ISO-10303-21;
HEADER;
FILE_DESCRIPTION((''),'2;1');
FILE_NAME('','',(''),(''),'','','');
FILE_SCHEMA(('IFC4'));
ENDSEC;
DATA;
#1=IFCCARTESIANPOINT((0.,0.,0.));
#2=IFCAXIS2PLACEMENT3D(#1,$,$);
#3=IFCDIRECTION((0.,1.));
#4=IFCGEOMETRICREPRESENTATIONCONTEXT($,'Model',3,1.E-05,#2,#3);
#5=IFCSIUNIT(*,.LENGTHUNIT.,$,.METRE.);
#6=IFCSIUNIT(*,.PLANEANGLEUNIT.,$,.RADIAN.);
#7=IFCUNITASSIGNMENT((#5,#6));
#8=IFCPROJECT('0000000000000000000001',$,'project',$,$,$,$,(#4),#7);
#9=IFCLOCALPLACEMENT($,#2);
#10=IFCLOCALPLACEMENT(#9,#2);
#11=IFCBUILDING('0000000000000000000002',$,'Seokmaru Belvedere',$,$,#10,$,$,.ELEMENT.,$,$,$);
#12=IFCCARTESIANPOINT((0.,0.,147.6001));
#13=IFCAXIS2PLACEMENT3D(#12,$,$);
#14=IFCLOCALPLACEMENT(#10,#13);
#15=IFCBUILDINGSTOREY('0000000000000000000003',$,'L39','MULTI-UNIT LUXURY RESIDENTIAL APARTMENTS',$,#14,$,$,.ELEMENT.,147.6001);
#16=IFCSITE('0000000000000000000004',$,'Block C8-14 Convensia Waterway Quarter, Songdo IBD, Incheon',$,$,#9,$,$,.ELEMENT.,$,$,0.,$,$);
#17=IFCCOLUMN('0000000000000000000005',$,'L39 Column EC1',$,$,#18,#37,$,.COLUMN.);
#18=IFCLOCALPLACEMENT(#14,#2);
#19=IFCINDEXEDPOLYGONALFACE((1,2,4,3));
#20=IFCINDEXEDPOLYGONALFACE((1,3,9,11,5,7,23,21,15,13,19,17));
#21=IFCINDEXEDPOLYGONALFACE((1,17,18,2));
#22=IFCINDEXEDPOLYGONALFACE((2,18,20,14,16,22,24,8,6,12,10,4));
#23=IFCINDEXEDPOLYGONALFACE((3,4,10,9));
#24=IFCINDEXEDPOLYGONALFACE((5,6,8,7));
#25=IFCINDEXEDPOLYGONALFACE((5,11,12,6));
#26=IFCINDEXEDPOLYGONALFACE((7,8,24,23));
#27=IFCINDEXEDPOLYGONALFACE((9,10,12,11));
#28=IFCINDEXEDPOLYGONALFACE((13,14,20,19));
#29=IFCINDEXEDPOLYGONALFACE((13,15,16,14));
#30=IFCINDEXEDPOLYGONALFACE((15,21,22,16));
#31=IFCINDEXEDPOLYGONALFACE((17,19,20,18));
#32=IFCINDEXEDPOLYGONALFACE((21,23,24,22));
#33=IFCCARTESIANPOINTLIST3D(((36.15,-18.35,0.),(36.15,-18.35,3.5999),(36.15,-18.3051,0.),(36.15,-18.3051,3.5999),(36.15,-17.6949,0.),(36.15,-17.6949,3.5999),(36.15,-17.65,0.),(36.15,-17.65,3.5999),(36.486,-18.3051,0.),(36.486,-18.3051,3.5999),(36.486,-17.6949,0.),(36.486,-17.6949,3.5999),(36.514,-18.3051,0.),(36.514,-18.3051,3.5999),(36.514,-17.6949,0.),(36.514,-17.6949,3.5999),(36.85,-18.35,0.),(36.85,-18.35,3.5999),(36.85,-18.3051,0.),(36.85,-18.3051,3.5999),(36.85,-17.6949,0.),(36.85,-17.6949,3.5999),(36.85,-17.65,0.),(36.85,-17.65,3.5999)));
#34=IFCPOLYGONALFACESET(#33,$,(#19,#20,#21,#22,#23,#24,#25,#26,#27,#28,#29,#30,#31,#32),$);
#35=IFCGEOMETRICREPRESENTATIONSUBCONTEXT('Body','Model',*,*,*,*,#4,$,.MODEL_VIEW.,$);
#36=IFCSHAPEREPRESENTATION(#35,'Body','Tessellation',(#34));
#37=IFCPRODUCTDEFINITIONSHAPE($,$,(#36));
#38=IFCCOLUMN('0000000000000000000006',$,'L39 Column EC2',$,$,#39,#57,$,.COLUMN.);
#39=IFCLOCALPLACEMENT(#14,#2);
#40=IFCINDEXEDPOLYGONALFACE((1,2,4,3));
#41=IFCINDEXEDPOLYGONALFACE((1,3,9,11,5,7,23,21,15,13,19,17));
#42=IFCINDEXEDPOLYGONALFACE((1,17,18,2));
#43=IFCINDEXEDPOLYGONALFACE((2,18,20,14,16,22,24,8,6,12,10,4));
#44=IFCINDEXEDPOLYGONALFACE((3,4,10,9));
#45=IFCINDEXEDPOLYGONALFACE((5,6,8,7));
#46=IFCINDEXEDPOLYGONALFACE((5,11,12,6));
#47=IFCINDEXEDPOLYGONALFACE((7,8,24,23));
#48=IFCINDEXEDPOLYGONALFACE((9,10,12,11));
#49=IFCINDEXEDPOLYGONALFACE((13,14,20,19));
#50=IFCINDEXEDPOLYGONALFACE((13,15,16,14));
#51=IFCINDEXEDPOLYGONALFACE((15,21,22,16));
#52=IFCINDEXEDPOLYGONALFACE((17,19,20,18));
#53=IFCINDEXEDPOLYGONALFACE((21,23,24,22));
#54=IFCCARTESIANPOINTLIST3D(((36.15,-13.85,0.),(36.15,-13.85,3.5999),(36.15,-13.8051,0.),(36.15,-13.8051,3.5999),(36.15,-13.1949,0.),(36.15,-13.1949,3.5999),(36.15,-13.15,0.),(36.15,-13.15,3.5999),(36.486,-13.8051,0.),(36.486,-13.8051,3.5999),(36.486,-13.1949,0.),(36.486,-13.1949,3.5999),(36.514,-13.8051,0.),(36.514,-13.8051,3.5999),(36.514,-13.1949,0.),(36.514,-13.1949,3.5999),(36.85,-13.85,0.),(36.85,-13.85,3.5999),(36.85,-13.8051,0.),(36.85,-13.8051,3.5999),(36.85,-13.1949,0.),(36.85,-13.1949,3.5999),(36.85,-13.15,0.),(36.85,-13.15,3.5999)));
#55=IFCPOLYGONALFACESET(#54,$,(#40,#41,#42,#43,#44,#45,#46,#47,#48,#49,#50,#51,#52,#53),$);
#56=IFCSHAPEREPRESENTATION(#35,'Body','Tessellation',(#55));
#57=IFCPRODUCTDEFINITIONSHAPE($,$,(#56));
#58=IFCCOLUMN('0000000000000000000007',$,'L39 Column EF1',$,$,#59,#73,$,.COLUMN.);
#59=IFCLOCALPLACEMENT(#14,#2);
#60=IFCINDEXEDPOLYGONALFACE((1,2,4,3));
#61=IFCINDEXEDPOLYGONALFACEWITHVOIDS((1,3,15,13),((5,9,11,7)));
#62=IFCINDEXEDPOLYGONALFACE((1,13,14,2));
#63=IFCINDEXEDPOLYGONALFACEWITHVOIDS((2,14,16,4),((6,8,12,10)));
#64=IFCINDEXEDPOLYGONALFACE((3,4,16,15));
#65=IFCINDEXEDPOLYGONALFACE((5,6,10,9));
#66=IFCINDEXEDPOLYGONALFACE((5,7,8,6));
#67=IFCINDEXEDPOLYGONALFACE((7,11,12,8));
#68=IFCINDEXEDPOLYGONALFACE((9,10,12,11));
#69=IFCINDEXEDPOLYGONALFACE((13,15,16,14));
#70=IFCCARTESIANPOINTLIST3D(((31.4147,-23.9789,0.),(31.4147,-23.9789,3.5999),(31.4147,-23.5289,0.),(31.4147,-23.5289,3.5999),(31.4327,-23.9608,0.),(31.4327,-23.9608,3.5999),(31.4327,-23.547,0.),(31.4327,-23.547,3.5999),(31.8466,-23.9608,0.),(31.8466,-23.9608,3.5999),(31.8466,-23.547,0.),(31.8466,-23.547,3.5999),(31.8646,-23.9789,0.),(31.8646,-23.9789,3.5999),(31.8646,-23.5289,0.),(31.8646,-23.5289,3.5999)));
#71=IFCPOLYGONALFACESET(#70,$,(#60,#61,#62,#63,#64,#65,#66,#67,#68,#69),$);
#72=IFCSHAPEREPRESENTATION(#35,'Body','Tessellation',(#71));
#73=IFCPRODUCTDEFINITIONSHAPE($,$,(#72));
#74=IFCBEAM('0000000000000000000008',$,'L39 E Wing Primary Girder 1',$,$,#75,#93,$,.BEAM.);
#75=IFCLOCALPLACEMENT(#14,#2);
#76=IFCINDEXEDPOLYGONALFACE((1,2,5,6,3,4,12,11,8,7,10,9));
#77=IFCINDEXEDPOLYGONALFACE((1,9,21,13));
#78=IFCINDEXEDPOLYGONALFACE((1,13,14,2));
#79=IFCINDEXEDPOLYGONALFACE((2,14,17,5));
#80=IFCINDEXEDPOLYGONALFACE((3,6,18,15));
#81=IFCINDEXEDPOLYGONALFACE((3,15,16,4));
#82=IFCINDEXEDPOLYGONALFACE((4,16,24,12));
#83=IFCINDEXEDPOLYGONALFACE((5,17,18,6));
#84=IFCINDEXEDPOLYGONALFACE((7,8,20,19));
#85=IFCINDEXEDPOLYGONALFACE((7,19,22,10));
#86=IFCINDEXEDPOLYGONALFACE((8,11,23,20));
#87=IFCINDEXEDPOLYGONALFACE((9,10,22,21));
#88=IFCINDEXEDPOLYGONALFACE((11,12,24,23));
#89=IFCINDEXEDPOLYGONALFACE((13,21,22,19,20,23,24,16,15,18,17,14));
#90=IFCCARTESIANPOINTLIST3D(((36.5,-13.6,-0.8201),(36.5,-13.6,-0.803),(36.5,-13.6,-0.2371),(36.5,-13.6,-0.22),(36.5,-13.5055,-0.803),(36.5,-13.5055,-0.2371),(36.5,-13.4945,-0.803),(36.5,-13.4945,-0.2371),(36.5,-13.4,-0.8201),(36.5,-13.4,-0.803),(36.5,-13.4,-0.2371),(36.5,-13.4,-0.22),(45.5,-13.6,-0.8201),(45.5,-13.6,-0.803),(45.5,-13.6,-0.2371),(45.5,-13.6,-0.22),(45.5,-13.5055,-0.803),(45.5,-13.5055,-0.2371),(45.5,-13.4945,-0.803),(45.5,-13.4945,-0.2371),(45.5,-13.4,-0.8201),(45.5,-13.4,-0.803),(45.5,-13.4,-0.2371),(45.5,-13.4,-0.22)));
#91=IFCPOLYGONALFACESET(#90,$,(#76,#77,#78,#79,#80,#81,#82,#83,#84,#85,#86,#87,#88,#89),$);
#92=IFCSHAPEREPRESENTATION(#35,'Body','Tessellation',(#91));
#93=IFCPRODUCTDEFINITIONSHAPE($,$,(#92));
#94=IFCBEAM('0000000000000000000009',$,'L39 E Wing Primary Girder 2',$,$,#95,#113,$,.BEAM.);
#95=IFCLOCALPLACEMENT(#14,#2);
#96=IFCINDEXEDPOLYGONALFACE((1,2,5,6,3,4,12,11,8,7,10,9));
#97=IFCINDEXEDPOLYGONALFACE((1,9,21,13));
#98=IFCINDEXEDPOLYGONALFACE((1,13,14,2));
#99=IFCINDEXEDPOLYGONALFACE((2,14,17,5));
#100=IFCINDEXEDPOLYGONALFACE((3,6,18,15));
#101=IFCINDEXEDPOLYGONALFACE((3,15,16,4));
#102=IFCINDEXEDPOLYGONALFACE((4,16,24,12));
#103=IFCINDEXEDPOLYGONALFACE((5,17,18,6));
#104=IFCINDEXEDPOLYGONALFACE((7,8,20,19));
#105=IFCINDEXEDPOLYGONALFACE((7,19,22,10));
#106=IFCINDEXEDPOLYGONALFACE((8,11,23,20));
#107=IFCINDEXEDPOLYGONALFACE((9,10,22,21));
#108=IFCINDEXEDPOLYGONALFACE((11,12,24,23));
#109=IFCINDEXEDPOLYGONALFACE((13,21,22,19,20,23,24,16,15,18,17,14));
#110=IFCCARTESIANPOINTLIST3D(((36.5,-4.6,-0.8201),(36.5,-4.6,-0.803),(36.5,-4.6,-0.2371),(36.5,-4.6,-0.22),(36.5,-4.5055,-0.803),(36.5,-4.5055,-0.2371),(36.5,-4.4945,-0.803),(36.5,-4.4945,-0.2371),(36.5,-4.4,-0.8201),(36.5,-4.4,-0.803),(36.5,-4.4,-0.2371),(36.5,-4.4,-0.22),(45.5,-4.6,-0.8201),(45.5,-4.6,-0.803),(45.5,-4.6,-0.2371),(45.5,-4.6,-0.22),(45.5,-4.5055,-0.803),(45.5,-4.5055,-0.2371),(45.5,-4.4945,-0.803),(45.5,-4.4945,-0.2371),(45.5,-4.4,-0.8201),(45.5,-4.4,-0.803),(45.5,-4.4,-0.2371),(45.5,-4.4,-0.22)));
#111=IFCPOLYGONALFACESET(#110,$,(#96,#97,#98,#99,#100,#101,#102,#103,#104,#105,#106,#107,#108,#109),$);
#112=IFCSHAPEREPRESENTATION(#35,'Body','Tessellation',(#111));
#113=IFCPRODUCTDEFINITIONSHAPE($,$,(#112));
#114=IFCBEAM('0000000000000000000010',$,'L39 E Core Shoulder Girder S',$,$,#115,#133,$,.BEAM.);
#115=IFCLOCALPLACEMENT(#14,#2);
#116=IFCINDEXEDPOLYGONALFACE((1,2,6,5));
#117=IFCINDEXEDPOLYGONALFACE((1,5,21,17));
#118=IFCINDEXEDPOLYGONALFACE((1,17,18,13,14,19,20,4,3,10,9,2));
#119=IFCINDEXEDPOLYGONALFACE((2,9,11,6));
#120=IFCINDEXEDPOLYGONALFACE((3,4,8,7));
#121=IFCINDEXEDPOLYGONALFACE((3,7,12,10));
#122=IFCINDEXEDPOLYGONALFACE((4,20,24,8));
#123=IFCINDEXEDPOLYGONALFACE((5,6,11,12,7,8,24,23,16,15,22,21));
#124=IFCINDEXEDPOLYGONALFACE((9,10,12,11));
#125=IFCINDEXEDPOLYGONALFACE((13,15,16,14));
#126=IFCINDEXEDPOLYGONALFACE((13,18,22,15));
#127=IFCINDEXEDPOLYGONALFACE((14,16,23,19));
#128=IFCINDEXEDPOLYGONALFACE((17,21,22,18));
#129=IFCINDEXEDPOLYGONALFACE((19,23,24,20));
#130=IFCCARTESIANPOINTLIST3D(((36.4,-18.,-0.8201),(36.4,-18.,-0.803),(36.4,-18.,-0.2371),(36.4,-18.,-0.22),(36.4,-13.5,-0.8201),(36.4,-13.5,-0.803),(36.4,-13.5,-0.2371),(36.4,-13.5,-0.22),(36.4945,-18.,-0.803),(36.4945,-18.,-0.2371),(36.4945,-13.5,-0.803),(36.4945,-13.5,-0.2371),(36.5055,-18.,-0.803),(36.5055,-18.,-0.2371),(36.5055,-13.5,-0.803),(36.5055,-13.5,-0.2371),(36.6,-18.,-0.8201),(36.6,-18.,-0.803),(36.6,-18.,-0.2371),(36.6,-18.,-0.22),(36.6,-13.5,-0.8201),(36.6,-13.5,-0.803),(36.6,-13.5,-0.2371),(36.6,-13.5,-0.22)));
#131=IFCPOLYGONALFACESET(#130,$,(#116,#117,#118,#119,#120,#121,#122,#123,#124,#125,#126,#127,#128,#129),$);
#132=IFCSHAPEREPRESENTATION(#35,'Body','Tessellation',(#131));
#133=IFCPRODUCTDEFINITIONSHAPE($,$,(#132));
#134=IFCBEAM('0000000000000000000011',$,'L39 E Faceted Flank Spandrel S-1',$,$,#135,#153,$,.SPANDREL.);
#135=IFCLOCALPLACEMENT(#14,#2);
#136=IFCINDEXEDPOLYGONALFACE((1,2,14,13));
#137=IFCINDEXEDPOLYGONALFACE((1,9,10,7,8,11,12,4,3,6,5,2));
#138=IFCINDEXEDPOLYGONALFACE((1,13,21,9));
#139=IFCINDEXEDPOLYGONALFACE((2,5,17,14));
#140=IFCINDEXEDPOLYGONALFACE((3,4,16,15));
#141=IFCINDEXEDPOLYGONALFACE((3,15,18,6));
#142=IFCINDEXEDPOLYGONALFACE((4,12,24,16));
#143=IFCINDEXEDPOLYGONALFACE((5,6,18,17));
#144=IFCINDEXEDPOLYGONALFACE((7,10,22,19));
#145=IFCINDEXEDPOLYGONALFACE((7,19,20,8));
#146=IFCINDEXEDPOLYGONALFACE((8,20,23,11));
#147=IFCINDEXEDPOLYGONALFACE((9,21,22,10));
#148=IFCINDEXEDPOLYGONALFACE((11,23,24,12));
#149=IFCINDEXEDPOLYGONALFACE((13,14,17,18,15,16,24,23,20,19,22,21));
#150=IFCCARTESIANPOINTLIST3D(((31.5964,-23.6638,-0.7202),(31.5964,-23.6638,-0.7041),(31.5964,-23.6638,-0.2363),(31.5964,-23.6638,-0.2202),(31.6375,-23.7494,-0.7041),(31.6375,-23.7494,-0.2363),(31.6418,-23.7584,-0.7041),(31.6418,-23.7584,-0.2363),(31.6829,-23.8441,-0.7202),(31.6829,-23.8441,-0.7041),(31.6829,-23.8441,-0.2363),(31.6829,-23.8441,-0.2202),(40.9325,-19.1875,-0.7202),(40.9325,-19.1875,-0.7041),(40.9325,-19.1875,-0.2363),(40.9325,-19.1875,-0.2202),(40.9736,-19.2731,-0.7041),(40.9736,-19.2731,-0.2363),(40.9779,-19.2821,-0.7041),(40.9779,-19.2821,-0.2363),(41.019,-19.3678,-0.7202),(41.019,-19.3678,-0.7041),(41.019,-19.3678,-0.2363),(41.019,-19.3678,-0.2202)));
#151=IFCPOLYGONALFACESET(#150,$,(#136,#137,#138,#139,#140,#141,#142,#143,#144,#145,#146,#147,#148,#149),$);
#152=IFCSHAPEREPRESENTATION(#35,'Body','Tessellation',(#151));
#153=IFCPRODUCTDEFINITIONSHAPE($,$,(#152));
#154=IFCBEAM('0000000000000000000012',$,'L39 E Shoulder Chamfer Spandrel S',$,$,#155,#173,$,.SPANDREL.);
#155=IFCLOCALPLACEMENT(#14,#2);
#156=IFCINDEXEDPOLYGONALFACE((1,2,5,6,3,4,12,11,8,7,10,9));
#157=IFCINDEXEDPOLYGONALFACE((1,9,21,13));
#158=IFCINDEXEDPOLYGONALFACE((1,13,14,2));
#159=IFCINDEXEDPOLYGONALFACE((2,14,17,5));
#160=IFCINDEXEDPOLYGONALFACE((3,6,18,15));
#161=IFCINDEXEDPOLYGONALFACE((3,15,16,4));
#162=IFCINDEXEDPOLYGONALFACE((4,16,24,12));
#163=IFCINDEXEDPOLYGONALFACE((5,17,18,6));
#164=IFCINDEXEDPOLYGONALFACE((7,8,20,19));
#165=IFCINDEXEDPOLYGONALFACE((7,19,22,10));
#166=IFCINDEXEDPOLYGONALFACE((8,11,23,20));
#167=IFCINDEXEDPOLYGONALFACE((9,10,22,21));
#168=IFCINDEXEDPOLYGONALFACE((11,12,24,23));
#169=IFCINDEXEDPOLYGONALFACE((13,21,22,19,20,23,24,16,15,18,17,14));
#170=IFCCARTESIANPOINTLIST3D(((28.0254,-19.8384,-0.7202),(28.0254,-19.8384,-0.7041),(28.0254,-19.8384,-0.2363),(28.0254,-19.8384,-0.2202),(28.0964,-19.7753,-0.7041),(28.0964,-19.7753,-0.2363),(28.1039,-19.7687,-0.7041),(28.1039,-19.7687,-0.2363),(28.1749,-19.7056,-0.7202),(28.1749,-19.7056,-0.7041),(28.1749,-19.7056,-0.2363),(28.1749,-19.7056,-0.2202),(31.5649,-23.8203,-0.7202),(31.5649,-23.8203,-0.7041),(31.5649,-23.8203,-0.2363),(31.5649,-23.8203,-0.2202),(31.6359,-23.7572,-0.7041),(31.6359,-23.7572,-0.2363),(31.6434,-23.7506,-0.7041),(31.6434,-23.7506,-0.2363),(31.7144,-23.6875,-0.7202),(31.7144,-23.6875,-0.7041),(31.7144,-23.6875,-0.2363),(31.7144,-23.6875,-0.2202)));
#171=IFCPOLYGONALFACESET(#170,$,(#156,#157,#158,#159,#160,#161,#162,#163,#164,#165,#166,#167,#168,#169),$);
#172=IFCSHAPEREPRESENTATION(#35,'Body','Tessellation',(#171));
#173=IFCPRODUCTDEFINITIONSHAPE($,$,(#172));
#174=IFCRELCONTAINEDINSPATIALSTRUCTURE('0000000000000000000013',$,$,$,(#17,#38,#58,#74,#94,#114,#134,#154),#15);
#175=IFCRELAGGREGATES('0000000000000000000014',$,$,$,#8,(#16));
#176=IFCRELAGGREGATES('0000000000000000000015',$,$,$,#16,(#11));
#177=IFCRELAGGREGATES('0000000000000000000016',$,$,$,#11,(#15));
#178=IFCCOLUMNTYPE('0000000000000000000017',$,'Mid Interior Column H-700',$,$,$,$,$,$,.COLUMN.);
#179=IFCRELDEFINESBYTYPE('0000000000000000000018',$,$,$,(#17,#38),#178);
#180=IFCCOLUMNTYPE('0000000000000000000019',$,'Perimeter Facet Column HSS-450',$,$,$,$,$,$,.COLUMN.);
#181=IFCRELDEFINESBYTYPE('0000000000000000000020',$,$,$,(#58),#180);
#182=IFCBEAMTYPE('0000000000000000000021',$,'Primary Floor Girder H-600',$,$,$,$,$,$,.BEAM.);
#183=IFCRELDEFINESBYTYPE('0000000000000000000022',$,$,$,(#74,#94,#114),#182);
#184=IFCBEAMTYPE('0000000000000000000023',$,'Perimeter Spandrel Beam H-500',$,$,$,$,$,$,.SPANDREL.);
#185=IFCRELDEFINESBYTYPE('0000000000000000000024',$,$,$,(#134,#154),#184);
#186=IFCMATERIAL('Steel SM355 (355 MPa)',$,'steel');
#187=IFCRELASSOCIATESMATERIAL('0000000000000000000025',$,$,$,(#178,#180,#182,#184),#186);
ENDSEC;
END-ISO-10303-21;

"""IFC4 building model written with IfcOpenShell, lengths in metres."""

from ifc_helpers import new_model, si_unit, direction, frame, origin, origin_2d, place, context, subcontext, project, spatial, hollow_rectangle, i_section, extrude, source, transform, mapped, material, material_profile, profile_set, type_object, type_shapes, element, save


model = new_model("IFC4")

# Units and contexts
model_context = context("Model", 3, precision=1e-05, world=origin(), true_north=direction((0.0, 1.0)))
body_context = subcontext(model_context, "Body", "Model", "MODEL_VIEW")
ifc_project = project(units=[si_unit("LENGTHUNIT", "METRE"), si_unit("PLANEANGLEUNIT", "RADIAN")], contexts=[model_context])

# Site, building, storey
site_placement = place(None, origin())
site = spatial("IfcSite", under=ifc_project, at=site_placement, Name="Block C8-14 Convensia Waterway Quarter, Songdo IBD, Incheon", CompositionType="ELEMENT", RefElevation=0.0)
building_placement = place(site_placement, origin())
building = spatial("IfcBuilding", under=site, at=building_placement, Name="Seokmaru Belvedere", CompositionType="ELEMENT")
storey_placement = place(building_placement, frame((0.0, 0.0, 147.6001)))
storey = spatial("IfcBuildingStorey", under=building, at=storey_placement, Name="L39", Description="MULTI-UNIT LUXURY RESIDENTIAL APARTMENTS", CompositionType="ELEMENT", Elevation=147.6001)

# Columns
ifc_material_1 = material(Name="Steel SM355 (355 MPa)", Category="steel")
ifc_material_profile_1 = material_profile(ifc_material_1, i_section(OverallWidth=0.7, OverallDepth=0.7, WebThickness=0.0281, FlangeThickness=0.0449, at=origin_2d()), Name="H-700x700x28x45")
ifc_profile_set_1 = profile_set([ifc_material_profile_1], Name="Steel SM355 (355 MPa)")
column_type_1 = type_object("IfcColumnType", Name="Mid Interior Column H-700", PredefinedType="COLUMN", material=ifc_profile_set_1)
shared_shape_1 = source(origin(), body_context, "Body", "SweptSolid", [
    extrude(i_section(OverallWidth=0.7, OverallDepth=0.7, WebThickness=0.0281, FlangeThickness=0.0449, at=origin_2d()), origin(), (0.0, 0.0, 1.0), 3.5999),
])
type_shapes(column_type_1, [shared_shape_1])
for number, where, z_axis, x_axis, name in (
    (1, (36.5, -18.0, 0.0), (0.0, 0.0, 1.0), (1.0, 0.0, 0.0), "L39 Column EC1"),
    (2, (36.5, -13.5, 0.0), (0.0, 0.0, 1.0), (1.0, 0.0, 0.0), "L39 Column EC2"),
):
    element("IfcColumn", number, at=place(storey_placement, frame(where, z_axis=z_axis, x_axis=x_axis)), inside=storey, type_object=column_type_1, Name=name, PredefinedType="COLUMN", context=body_context, shape_type="MappedRepresentation", body=[
        mapped(shared_shape_1, transform((0.0, 0.0, 0.0), scale=1.0)),
    ])
ifc_material_profile_2 = material_profile(ifc_material_1, hollow_rectangle(XDim=0.45, YDim=0.45, WallThickness=0.0181, at=origin_2d()), Name="HSS-450x450x18")
ifc_profile_set_2 = profile_set([ifc_material_profile_2], Name="Steel SM355 (355 MPa)")
column_type_2 = type_object("IfcColumnType", Name="Perimeter Facet Column HSS-450", PredefinedType="COLUMN", material=ifc_profile_set_2)
shared_shape_2 = source(origin(), body_context, "Body", "SweptSolid", [
    extrude(hollow_rectangle(XDim=0.45, YDim=0.45, WallThickness=0.0181, at=origin_2d()), origin(), (0.0, 0.0, 1.0), 3.5999),
])
type_shapes(column_type_2, [shared_shape_2])
column_placement = place(storey_placement, frame((31.6396, -23.7539, 0.0), z_axis=(0.0, 0.0, 1.0), x_axis=(1.0, 0.0, 0.0)))
element("IfcColumn", 3, at=column_placement, inside=storey, type_object=column_type_2, Name="L39 Column EF1", PredefinedType="COLUMN", context=body_context, shape_type="MappedRepresentation", body=[
    mapped(shared_shape_2, transform((0.0, 0.0, 0.0), scale=1.0)),
])

# Beams
ifc_material_profile_3 = material_profile(ifc_material_1, i_section(OverallWidth=0.2, OverallDepth=0.6001, WebThickness=0.011, FlangeThickness=0.0171, at=origin_2d()), Name="H-600x200x11x17")
ifc_profile_set_3 = profile_set([ifc_material_profile_3], Name="Steel SM355 (355 MPa)")
beam_type_1 = type_object("IfcBeamType", Name="Primary Floor Girder H-600", PredefinedType="BEAM", material=ifc_profile_set_3)
shared_shape_3 = source(origin(), body_context, "Body", "SweptSolid", [
    extrude(i_section(OverallWidth=0.2, OverallDepth=0.6001, WebThickness=0.011, FlangeThickness=0.0171, at=origin_2d()), origin(), (0.0, 0.0, 1.0), 9.0),
])
for number, where, z_axis, x_axis, name in (
    (4, (36.5, -13.5, -0.52), (1.0, 0.0, 0.0), (0.0, 1.0, 0.0), "L39 E Wing Primary Girder 1"),
    (5, (36.5, -4.5, -0.52), (1.0, 0.0, 0.0), (0.0, 1.0, 0.0), "L39 E Wing Primary Girder 2"),
):
    element("IfcBeam", number, at=place(storey_placement, frame(where, z_axis=z_axis, x_axis=x_axis)), inside=storey, type_object=beam_type_1, Name=name, PredefinedType="BEAM", context=body_context, shape_type="MappedRepresentation", body=[
        mapped(shared_shape_3, transform((0.0, 0.0, 0.0), scale=1.0)),
    ])
shared_shape_4 = source(origin(), body_context, "Body", "SweptSolid", [
    extrude(i_section(OverallWidth=0.2, OverallDepth=0.6001, WebThickness=0.011, FlangeThickness=0.0171, at=origin_2d()), origin(), (0.0, 0.0, 1.0), 4.5),
])
type_shapes(beam_type_1, [shared_shape_3, shared_shape_4])
beam_1_placement = place(storey_placement, frame((36.5, -18.0, -0.52), z_axis=(0.0, 1.0, 0.0), x_axis=(-1.0, 0.0, 0.0)))
element("IfcBeam", 6, at=beam_1_placement, inside=storey, type_object=beam_type_1, Name="L39 E Core Shoulder Girder S", PredefinedType="BEAM", context=body_context, shape_type="MappedRepresentation", body=[
    mapped(shared_shape_4, transform((0.0, 0.0, 0.0), scale=1.0)),
])
ifc_material_profile_4 = material_profile(ifc_material_1, i_section(OverallWidth=0.2, OverallDepth=0.5, WebThickness=0.01, FlangeThickness=0.0161, at=origin_2d()), Name="H-500x200x10x16")
ifc_profile_set_4 = profile_set([ifc_material_profile_4], Name="Steel SM355 (355 MPa)")
beam_type_2 = type_object("IfcBeamType", Name="Perimeter Spandrel Beam H-500", PredefinedType="SPANDREL", material=ifc_profile_set_4)
shared_shape_5 = source(origin(), body_context, "Body", "SweptSolid", [
    extrude(i_section(OverallWidth=0.2, OverallDepth=0.5, WebThickness=0.01, FlangeThickness=0.0161, at=origin_2d()), origin(), (0.0, 0.0, 1.0), 10.3538),
])
beam_2_placement = place(storey_placement, frame((31.6396, -23.7539, -0.4702), z_axis=(0.901713, 0.432335, 0.0), x_axis=(-0.432335, 0.901713, 0.0)))
element("IfcBeam", 7, at=beam_2_placement, inside=storey, type_object=beam_type_2, Name="L39 E Faceted Flank Spandrel S-1", PredefinedType="SPANDREL", context=body_context, shape_type="MappedRepresentation", body=[
    mapped(shared_shape_5, transform((0.0, 0.0, 0.0), scale=1.0)),
])
shared_shape_6 = source(origin(), body_context, "Body", "SweptSolid", [
    extrude(i_section(OverallWidth=0.2, OverallDepth=0.5, WebThickness=0.01, FlangeThickness=0.0161, at=origin_2d()), origin(), (0.0, 0.0, 1.0), 5.3276),
])
type_shapes(beam_type_2, [shared_shape_5, shared_shape_6])
beam_3_placement = place(storey_placement, frame((31.6396, -23.7539, -0.4702), z_axis=(-0.66437, 0.747404, 0.0), x_axis=(-0.747404, -0.66437, 0.0)))
element("IfcBeam", 8, at=beam_3_placement, inside=storey, type_object=beam_type_2, Name="L39 E Shoulder Chamfer Spandrel S", PredefinedType="SPANDREL", context=body_context, shape_type="MappedRepresentation", body=[
    mapped(shared_shape_6, transform((0.0, 0.0, 0.0), scale=1.0)),
])

save(model, "model.ifc")
